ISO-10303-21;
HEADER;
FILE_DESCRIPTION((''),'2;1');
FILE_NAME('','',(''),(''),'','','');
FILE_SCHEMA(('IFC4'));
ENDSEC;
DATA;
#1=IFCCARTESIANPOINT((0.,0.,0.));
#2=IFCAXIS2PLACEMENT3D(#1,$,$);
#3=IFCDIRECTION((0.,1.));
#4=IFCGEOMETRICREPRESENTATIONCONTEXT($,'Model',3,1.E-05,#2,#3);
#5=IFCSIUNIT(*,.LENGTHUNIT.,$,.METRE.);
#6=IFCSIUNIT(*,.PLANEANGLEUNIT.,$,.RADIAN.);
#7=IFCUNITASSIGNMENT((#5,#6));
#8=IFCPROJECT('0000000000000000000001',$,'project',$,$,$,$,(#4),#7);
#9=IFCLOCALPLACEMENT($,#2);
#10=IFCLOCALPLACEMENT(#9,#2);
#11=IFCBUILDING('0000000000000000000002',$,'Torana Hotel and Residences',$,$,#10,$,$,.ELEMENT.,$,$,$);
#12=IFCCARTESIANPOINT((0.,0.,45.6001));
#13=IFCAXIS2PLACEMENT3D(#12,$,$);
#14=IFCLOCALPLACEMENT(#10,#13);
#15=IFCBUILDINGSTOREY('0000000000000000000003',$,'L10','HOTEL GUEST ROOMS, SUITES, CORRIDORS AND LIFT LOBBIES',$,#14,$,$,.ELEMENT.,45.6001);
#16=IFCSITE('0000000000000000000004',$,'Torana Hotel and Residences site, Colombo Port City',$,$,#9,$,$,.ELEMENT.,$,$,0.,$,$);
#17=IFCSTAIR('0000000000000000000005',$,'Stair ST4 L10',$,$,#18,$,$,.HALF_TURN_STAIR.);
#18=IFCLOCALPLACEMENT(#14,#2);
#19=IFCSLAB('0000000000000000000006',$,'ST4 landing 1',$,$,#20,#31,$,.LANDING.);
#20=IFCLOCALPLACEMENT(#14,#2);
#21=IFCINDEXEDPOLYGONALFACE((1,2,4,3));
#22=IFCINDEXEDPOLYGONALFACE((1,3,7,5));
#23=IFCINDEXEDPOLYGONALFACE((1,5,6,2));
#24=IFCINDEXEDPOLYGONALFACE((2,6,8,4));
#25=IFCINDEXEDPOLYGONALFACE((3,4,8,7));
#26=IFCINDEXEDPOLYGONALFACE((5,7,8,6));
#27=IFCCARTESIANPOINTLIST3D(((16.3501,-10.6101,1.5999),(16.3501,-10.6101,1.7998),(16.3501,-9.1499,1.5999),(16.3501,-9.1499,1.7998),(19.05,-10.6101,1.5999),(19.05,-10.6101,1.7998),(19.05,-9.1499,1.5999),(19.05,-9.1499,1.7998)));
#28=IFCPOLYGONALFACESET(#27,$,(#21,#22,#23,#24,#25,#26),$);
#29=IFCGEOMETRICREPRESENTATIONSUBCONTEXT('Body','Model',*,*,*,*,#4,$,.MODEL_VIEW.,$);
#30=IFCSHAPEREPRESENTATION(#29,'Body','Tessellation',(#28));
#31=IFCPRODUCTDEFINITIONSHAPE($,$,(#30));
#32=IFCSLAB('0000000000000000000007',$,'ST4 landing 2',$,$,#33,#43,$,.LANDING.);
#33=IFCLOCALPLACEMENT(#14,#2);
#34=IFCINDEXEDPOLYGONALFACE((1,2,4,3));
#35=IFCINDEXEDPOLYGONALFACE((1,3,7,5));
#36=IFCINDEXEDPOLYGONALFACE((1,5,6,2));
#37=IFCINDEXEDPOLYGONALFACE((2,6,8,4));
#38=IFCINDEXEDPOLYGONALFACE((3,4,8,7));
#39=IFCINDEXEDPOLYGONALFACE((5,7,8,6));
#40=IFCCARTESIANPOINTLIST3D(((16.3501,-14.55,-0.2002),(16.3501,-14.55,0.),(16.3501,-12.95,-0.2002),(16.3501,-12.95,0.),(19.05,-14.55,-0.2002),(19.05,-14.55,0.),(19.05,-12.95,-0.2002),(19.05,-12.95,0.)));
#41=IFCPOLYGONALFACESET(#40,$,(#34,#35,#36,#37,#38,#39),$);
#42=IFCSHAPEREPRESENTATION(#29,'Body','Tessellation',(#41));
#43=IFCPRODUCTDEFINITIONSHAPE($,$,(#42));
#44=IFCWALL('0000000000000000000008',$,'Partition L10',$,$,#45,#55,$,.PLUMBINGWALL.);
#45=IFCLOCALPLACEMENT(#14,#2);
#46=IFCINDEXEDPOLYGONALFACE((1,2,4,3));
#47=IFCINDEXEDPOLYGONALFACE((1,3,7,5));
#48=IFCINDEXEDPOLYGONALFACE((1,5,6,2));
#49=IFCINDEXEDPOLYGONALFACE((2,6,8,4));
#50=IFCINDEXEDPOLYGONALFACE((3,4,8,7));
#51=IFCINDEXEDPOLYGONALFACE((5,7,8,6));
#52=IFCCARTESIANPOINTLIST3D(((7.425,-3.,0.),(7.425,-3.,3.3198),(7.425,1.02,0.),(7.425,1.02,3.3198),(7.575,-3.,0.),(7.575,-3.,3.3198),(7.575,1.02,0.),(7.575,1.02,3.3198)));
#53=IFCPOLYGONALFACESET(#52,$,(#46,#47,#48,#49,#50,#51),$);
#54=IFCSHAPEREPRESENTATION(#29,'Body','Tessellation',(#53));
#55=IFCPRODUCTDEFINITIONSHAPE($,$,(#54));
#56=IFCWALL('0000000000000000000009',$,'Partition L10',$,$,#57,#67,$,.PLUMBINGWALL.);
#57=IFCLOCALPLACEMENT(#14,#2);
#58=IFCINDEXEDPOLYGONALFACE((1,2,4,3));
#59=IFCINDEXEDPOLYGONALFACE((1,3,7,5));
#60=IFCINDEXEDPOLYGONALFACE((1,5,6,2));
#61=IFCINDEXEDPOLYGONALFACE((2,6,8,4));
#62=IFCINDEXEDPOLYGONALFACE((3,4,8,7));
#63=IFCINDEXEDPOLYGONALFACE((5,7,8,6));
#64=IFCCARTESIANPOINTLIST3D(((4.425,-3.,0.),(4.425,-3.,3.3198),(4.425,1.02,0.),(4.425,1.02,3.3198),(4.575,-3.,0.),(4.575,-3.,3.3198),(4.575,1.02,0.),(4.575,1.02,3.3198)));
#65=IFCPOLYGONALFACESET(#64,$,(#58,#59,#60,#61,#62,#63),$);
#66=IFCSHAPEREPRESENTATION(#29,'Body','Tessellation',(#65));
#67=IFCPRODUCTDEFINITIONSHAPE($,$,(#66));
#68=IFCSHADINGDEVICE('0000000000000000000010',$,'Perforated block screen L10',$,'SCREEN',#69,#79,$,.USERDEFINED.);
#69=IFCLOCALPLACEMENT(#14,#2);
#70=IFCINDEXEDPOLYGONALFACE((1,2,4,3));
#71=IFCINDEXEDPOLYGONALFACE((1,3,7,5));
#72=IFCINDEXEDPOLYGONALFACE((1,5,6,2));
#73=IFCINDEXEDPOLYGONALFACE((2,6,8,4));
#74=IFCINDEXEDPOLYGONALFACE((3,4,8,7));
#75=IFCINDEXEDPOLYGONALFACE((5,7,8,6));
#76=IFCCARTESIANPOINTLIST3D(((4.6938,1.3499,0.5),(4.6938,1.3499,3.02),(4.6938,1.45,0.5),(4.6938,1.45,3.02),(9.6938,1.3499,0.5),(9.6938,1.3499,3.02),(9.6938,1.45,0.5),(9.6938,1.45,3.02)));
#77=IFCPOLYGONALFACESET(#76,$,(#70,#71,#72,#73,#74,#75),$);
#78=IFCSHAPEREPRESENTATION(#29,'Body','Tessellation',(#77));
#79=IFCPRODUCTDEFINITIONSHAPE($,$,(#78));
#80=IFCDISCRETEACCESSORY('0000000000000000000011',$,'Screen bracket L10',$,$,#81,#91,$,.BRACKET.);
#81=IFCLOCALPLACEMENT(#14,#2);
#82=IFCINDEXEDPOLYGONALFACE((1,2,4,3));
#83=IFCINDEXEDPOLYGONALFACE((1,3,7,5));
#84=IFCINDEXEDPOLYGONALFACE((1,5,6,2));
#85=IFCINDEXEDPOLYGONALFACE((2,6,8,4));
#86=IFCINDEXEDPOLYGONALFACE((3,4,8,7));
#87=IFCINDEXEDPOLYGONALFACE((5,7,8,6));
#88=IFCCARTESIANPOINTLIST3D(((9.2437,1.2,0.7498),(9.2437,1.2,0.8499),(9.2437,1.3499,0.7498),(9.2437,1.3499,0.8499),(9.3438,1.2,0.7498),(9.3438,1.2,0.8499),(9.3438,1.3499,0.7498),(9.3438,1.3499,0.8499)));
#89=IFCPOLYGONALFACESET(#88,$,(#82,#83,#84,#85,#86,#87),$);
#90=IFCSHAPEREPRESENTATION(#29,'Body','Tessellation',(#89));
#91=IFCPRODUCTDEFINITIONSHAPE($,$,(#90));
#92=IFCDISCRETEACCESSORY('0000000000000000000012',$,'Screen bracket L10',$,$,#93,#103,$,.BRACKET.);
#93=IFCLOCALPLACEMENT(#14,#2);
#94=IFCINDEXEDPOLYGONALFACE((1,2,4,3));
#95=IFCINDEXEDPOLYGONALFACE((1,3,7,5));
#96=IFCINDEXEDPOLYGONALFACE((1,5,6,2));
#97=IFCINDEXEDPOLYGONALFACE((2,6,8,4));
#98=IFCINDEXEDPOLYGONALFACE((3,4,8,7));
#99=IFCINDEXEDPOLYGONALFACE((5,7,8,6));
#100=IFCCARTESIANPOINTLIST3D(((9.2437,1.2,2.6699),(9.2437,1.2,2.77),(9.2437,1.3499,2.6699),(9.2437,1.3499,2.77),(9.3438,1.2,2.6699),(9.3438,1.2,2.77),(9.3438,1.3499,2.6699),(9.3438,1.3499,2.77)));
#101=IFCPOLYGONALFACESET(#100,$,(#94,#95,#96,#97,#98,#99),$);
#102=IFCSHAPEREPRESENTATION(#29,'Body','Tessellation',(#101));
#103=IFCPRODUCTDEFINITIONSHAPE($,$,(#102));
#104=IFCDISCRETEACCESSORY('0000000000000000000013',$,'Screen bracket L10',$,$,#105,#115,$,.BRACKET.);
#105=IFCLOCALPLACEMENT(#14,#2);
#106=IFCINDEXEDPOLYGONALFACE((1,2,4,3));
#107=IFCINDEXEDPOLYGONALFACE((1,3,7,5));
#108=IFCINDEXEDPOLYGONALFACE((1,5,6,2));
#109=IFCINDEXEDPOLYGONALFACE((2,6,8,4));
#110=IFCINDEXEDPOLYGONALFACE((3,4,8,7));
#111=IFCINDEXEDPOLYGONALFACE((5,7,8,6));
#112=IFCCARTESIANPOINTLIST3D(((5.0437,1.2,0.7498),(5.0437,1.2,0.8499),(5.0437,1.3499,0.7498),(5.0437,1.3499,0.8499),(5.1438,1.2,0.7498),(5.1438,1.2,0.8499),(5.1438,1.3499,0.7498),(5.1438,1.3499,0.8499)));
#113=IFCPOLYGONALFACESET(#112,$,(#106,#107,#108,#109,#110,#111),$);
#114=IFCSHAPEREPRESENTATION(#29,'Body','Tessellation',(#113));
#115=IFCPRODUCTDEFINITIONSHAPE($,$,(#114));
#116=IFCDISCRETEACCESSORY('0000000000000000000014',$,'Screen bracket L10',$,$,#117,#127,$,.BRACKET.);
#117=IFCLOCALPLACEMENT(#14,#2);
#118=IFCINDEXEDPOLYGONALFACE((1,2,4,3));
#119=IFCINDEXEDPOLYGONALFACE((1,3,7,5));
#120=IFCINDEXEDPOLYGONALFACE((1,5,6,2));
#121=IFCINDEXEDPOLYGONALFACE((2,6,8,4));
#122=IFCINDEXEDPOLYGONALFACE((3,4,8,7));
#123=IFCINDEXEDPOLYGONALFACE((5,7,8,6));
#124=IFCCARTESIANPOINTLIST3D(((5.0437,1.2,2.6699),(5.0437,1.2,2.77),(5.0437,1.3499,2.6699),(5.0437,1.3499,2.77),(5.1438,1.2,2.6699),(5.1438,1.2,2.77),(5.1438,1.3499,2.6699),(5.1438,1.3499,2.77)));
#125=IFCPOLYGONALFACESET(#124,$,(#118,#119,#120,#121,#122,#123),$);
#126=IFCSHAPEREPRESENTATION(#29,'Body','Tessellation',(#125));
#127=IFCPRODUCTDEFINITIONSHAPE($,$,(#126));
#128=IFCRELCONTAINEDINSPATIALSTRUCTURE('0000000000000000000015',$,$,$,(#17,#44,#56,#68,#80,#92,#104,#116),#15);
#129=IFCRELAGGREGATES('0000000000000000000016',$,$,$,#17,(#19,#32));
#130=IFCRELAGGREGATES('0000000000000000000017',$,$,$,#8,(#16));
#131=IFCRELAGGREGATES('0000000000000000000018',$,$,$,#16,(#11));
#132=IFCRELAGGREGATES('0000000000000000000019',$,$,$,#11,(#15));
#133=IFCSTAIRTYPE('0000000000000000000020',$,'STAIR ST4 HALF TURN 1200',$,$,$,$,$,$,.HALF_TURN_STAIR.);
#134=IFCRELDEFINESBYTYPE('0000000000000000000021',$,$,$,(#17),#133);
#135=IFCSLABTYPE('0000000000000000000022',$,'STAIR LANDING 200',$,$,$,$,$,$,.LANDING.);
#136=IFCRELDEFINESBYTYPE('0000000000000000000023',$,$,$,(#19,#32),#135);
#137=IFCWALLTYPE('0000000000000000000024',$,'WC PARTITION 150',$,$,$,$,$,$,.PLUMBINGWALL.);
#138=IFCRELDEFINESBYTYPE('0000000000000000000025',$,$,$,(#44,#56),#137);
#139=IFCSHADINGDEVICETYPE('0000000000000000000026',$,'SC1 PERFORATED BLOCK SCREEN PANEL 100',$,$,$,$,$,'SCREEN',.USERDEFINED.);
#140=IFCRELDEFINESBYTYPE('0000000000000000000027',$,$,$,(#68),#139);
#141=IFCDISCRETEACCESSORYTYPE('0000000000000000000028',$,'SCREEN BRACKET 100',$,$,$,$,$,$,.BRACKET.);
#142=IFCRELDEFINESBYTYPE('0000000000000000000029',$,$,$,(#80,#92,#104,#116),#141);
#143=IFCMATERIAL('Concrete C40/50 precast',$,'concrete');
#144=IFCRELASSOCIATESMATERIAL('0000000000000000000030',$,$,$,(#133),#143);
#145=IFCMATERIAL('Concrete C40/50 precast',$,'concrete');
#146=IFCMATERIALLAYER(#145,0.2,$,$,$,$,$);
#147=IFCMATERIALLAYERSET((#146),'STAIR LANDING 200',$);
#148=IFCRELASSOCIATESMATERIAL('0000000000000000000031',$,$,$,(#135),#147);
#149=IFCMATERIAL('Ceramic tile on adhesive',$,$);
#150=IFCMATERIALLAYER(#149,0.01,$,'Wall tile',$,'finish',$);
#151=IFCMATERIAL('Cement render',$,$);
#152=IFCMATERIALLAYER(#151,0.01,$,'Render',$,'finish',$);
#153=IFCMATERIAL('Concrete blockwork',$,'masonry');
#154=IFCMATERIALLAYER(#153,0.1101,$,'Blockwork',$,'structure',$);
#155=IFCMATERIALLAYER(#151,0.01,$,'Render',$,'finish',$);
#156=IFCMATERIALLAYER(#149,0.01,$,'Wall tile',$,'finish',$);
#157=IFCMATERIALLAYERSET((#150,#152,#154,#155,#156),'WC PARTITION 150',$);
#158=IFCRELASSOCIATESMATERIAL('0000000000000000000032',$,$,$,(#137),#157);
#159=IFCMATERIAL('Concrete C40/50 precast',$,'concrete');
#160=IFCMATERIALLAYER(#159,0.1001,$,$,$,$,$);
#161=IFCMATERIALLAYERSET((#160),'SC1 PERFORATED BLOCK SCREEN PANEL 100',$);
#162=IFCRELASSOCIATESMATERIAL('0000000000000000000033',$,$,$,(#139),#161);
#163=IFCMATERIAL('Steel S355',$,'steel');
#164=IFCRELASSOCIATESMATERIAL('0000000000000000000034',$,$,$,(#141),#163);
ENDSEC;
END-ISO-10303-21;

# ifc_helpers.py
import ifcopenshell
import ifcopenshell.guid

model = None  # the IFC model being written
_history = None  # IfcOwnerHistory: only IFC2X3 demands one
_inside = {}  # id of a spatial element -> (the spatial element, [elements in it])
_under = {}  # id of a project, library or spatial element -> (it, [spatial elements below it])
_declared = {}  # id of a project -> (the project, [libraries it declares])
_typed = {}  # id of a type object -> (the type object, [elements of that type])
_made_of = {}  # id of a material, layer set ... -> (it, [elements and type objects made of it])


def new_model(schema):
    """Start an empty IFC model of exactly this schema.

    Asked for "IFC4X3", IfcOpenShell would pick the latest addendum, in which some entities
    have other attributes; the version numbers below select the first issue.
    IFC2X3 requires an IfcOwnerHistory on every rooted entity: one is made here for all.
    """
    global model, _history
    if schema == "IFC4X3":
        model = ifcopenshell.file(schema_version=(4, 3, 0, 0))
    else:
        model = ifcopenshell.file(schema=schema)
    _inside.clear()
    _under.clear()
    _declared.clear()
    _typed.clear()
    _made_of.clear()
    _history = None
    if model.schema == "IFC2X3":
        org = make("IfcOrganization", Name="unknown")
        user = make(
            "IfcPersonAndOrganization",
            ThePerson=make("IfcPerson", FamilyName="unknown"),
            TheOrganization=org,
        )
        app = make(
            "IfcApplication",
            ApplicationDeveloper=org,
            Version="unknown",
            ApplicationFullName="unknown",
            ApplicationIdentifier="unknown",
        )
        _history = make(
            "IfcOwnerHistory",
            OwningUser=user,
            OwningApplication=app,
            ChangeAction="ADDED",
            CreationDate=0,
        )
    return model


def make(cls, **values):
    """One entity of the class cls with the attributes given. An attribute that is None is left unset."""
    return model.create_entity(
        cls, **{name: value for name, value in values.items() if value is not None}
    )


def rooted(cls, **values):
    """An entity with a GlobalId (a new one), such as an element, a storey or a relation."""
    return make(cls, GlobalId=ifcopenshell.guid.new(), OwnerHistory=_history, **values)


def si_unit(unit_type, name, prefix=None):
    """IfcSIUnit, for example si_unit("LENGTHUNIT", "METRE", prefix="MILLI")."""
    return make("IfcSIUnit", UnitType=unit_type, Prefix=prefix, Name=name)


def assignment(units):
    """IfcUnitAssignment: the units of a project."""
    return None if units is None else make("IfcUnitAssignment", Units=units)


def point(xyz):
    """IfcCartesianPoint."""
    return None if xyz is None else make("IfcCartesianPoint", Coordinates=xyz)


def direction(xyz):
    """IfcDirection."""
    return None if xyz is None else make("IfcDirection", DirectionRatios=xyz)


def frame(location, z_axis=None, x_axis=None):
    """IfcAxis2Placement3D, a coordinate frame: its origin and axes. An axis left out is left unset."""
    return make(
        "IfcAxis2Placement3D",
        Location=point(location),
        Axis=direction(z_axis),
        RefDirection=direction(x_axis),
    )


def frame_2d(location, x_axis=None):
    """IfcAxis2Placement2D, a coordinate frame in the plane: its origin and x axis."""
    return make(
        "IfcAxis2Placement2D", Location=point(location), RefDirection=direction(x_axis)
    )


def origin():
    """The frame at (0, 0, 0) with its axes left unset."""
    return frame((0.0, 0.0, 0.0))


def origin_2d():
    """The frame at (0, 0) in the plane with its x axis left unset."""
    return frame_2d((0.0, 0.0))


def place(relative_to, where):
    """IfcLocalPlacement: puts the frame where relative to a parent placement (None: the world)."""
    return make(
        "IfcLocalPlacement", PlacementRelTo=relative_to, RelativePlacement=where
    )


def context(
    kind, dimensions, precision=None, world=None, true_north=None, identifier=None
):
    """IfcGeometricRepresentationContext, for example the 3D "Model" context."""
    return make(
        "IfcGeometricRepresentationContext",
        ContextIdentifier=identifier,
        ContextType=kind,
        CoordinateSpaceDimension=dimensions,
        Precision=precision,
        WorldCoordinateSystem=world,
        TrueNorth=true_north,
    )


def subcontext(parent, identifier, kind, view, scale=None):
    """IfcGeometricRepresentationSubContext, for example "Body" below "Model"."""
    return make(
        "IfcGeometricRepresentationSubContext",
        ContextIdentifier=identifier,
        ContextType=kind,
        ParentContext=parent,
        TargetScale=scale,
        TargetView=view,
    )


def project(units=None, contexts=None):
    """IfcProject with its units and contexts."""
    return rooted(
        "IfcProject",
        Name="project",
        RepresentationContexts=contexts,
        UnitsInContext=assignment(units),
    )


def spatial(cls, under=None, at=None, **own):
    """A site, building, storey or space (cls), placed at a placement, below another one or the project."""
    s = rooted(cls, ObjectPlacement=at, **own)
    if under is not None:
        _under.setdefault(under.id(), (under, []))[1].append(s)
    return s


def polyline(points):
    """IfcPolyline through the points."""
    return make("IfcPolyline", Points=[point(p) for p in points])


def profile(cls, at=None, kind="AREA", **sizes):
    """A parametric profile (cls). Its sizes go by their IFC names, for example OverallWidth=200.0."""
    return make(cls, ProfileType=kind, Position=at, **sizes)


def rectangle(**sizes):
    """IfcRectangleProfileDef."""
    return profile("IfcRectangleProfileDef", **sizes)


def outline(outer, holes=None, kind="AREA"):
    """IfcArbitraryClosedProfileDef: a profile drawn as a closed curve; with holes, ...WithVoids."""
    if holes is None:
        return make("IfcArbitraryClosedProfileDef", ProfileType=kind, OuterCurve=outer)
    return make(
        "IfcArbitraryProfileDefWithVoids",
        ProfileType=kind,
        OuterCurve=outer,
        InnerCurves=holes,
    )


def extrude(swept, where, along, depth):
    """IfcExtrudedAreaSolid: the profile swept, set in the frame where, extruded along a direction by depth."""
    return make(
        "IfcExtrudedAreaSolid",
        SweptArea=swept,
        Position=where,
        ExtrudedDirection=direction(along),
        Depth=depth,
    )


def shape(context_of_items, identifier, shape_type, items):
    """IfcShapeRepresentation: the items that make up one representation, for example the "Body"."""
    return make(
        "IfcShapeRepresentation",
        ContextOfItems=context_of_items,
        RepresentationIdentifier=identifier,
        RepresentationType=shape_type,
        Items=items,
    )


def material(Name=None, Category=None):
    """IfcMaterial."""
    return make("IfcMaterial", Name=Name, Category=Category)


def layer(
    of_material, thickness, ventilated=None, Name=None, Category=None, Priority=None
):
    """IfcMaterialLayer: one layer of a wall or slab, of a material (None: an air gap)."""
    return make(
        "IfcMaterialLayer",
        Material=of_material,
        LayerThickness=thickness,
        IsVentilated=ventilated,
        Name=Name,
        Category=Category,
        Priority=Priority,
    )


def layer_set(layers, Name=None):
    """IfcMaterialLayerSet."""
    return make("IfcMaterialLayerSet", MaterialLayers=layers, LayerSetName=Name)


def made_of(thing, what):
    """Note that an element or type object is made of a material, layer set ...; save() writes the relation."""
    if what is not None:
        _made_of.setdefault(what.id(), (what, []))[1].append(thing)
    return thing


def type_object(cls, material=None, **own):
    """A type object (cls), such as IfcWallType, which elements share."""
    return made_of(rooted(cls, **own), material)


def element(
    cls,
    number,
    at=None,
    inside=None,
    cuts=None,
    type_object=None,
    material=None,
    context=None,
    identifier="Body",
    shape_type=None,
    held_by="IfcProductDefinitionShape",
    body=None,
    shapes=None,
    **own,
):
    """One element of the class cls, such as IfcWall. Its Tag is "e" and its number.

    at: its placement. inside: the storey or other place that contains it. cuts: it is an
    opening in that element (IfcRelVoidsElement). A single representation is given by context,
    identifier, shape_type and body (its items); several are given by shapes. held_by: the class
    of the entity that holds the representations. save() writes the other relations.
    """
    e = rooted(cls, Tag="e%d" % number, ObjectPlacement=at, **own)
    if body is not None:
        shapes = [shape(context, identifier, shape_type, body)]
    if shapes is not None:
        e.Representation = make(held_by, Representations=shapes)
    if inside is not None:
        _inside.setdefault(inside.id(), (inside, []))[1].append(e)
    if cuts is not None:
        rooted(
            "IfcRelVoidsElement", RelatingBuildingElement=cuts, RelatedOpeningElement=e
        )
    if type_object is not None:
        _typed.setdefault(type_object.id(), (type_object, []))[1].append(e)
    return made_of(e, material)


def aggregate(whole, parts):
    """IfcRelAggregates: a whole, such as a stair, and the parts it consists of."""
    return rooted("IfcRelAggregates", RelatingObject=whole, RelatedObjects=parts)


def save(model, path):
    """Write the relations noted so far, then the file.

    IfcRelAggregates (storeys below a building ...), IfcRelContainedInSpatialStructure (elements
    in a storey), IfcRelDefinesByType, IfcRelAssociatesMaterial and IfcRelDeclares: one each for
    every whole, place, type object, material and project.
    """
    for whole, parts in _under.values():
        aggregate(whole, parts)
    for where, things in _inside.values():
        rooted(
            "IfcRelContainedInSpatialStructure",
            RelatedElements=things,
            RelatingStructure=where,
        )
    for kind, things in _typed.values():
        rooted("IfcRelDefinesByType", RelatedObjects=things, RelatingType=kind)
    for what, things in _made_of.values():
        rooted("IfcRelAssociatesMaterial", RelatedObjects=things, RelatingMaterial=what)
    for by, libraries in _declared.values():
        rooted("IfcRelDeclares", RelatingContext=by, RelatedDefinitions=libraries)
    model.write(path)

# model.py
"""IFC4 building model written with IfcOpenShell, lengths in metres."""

from ifc_helpers import new_model, si_unit, direction, frame, frame_2d, origin, origin_2d, place, context, subcontext, project, spatial, polyline, rectangle, outline, extrude, material, layer, layer_set, type_object, element, aggregate, save


model = new_model("IFC4")

# Units and contexts
model_context = context("Model", 3, precision=1e-05, world=origin(), true_north=direction((0.0, 1.0)))
body_context = subcontext(model_context, "Body", "Model", "MODEL_VIEW")
ifc_project = project(units=[si_unit("LENGTHUNIT", "METRE"), si_unit("PLANEANGLEUNIT", "RADIAN")], contexts=[model_context])

# Site, building, storey
site_placement = place(None, origin())
site = spatial("IfcSite", under=ifc_project, at=site_placement, Name="Torana Hotel and Residences site, Colombo Port City", CompositionType="ELEMENT", RefElevation=0.0)
building_placement = place(site_placement, origin())
building = spatial("IfcBuilding", under=site, at=building_placement, Name="Torana Hotel and Residences", CompositionType="ELEMENT")
storey_placement = place(building_placement, frame((0.0, 0.0, 45.6001)))
storey = spatial("IfcBuildingStorey", under=building, at=storey_placement, Name="L10", Description="HOTEL GUEST ROOMS, SUITES, CORRIDORS AND LIFT LOBBIES", CompositionType="ELEMENT", Elevation=45.6001)

# Stair, slabs
ifc_material_1 = material(Name="Concrete C40/50 precast", Category="concrete")
stair_type = type_object("IfcStairType", Name="STAIR ST4 HALF TURN 1200", PredefinedType="HALF_TURN_STAIR", material=ifc_material_1)
stair_placement = place(storey_placement, origin())
stair = element("IfcStair", 1, at=stair_placement, inside=storey, type_object=stair_type, Name="Stair ST4 L10", PredefinedType="HALF_TURN_STAIR")
ifc_material_2 = material(Name="Concrete C40/50 precast", Category="concrete")
ifc_layer_1 = layer(ifc_material_2, 0.2)
ifc_layer_set_1 = layer_set([ifc_layer_1], Name="STAIR LANDING 200")
slab_type = type_object("IfcSlabType", Name="STAIR LANDING 200", PredefinedType="LANDING", material=ifc_layer_set_1)
slab_1_placement = place(storey_placement, frame((0.0, 0.0, 1.5999)))
slab_1 = element("IfcSlab", 2, at=slab_1_placement, type_object=slab_type, Name="ST4 landing 1", PredefinedType="LANDING", context=body_context, shape_type="SweptSolid", body=[
    extrude(outline(polyline([(16.3501, -10.6101), (19.05, -10.6101), (19.05, -9.1499), (16.3501, -9.1499), (16.3501, -10.6101)])), origin(), (0.0, 0.0, 1.0), 0.2),
])
slab_2_placement = place(storey_placement, frame((0.0, 0.0, -0.2002)))
slab_2 = element("IfcSlab", 3, at=slab_2_placement, type_object=slab_type, Name="ST4 landing 2", PredefinedType="LANDING", context=body_context, shape_type="SweptSolid", body=[
    extrude(outline(polyline([(16.3501, -14.55), (19.05, -14.55), (19.05, -12.95), (16.3501, -12.95), (16.3501, -14.55)])), origin(), (0.0, 0.0, 1.0), 0.2002),
])
aggregate(stair, [slab_1, slab_2])

# Walls
ifc_material_3 = material(Name="Ceramic tile on adhesive")
ifc_layer_2 = layer(ifc_material_3, 0.01, Name="Wall tile", Category="finish")
ifc_material_4 = material(Name="Cement render")
ifc_layer_3 = layer(ifc_material_4, 0.01, Name="Render", Category="finish")
ifc_material_5 = material(Name="Concrete blockwork", Category="masonry")
ifc_layer_4 = layer(ifc_material_5, 0.1101, Name="Blockwork", Category="structure")
ifc_layer_5 = layer(ifc_material_4, 0.01, Name="Render", Category="finish")
ifc_layer_6 = layer(ifc_material_3, 0.01, Name="Wall tile", Category="finish")
ifc_layer_set_2 = layer_set([ifc_layer_2, ifc_layer_3, ifc_layer_4, ifc_layer_5, ifc_layer_6], Name="WC PARTITION 150")
wall_type = type_object("IfcWallType", Name="WC PARTITION 150", PredefinedType="PLUMBINGWALL", material=ifc_layer_set_2)
for number, where, z_axis, x_axis, name in (
    (4, (7.5, -3.0, 0.0), (0.0, 0.0, 1.0), (0.0, 1.0, 0.0), "Partition L10"),
    (5, (4.5, -3.0, 0.0), (0.0, 0.0, 1.0), (0.0, 1.0, 0.0), "Partition L10"),
):
    element("IfcWall", number, at=place(storey_placement, frame(where, z_axis=z_axis, x_axis=x_axis)), inside=storey, type_object=wall_type, Name=name, PredefinedType="PLUMBINGWALL", context=body_context, shape_type="SweptSolid", body=[
        extrude(rectangle(XDim=4.02, YDim=0.1499, at=frame_2d((2.01, 0.0))), origin(), (0.0, 0.0, 1.0), 3.3198),
    ])

# Shading device
ifc_material_6 = material(Name="Concrete C40/50 precast", Category="concrete")
ifc_layer_7 = layer(ifc_material_6, 0.1001)
ifc_layer_set_3 = layer_set([ifc_layer_7], Name="SC1 PERFORATED BLOCK SCREEN PANEL 100")
shading_device_type = type_object("IfcShadingDeviceType", Name="SC1 PERFORATED BLOCK SCREEN PANEL 100", ElementType="SCREEN", PredefinedType="USERDEFINED", material=ifc_layer_set_3)
shading_device_placement = place(storey_placement, frame((7.1938, 1.3999, 0.5), z_axis=(0.0, 0.0, 1.0), x_axis=(-1.0, 0.0, 0.0)))
element("IfcShadingDevice", 6, at=shading_device_placement, inside=storey, type_object=shading_device_type, Name="Perforated block screen L10", ObjectType="SCREEN", PredefinedType="USERDEFINED", context=body_context, shape_type="SweptSolid", body=[
    extrude(rectangle(XDim=5.0, YDim=0.1001, at=origin_2d()), origin(), (0.0, 0.0, 1.0), 2.52),
])

# Discrete accessories
ifc_material_7 = material(Name="Steel S355", Category="steel")
discrete_accessory_type = type_object("IfcDiscreteAccessoryType", Name="SCREEN BRACKET 100", PredefinedType="BRACKET", material=ifc_material_7)
for number, where, z_axis, x_axis, name in (
    (7, (9.2937, 1.2749, 0.7498), (0.0, 0.0, 1.0), (-1.0, 0.0, 0.0), "Screen bracket L10"),
    (8, (9.2937, 1.2749, 2.6699), (0.0, 0.0, 1.0), (-1.0, 0.0, 0.0), "Screen bracket L10"),
    (9, (5.0938, 1.2749, 0.7498), (0.0, 0.0, 1.0), (-1.0, 0.0, 0.0), "Screen bracket L10"),
    (10, (5.0938, 1.2749, 2.6699), (0.0, 0.0, 1.0), (-1.0, 0.0, 0.0), "Screen bracket L10"),
):
    element("IfcDiscreteAccessory", number, at=place(storey_placement, frame(where, z_axis=z_axis, x_axis=x_axis)), inside=storey, type_object=discrete_accessory_type, Name=name, PredefinedType="BRACKET", context=body_context, shape_type="SweptSolid", body=[
        extrude(rectangle(XDim=0.1001, YDim=0.1499, at=origin_2d()), origin(), (0.0, 0.0, 1.0), 0.1001),
    ])

save(model, "model.ifc")
